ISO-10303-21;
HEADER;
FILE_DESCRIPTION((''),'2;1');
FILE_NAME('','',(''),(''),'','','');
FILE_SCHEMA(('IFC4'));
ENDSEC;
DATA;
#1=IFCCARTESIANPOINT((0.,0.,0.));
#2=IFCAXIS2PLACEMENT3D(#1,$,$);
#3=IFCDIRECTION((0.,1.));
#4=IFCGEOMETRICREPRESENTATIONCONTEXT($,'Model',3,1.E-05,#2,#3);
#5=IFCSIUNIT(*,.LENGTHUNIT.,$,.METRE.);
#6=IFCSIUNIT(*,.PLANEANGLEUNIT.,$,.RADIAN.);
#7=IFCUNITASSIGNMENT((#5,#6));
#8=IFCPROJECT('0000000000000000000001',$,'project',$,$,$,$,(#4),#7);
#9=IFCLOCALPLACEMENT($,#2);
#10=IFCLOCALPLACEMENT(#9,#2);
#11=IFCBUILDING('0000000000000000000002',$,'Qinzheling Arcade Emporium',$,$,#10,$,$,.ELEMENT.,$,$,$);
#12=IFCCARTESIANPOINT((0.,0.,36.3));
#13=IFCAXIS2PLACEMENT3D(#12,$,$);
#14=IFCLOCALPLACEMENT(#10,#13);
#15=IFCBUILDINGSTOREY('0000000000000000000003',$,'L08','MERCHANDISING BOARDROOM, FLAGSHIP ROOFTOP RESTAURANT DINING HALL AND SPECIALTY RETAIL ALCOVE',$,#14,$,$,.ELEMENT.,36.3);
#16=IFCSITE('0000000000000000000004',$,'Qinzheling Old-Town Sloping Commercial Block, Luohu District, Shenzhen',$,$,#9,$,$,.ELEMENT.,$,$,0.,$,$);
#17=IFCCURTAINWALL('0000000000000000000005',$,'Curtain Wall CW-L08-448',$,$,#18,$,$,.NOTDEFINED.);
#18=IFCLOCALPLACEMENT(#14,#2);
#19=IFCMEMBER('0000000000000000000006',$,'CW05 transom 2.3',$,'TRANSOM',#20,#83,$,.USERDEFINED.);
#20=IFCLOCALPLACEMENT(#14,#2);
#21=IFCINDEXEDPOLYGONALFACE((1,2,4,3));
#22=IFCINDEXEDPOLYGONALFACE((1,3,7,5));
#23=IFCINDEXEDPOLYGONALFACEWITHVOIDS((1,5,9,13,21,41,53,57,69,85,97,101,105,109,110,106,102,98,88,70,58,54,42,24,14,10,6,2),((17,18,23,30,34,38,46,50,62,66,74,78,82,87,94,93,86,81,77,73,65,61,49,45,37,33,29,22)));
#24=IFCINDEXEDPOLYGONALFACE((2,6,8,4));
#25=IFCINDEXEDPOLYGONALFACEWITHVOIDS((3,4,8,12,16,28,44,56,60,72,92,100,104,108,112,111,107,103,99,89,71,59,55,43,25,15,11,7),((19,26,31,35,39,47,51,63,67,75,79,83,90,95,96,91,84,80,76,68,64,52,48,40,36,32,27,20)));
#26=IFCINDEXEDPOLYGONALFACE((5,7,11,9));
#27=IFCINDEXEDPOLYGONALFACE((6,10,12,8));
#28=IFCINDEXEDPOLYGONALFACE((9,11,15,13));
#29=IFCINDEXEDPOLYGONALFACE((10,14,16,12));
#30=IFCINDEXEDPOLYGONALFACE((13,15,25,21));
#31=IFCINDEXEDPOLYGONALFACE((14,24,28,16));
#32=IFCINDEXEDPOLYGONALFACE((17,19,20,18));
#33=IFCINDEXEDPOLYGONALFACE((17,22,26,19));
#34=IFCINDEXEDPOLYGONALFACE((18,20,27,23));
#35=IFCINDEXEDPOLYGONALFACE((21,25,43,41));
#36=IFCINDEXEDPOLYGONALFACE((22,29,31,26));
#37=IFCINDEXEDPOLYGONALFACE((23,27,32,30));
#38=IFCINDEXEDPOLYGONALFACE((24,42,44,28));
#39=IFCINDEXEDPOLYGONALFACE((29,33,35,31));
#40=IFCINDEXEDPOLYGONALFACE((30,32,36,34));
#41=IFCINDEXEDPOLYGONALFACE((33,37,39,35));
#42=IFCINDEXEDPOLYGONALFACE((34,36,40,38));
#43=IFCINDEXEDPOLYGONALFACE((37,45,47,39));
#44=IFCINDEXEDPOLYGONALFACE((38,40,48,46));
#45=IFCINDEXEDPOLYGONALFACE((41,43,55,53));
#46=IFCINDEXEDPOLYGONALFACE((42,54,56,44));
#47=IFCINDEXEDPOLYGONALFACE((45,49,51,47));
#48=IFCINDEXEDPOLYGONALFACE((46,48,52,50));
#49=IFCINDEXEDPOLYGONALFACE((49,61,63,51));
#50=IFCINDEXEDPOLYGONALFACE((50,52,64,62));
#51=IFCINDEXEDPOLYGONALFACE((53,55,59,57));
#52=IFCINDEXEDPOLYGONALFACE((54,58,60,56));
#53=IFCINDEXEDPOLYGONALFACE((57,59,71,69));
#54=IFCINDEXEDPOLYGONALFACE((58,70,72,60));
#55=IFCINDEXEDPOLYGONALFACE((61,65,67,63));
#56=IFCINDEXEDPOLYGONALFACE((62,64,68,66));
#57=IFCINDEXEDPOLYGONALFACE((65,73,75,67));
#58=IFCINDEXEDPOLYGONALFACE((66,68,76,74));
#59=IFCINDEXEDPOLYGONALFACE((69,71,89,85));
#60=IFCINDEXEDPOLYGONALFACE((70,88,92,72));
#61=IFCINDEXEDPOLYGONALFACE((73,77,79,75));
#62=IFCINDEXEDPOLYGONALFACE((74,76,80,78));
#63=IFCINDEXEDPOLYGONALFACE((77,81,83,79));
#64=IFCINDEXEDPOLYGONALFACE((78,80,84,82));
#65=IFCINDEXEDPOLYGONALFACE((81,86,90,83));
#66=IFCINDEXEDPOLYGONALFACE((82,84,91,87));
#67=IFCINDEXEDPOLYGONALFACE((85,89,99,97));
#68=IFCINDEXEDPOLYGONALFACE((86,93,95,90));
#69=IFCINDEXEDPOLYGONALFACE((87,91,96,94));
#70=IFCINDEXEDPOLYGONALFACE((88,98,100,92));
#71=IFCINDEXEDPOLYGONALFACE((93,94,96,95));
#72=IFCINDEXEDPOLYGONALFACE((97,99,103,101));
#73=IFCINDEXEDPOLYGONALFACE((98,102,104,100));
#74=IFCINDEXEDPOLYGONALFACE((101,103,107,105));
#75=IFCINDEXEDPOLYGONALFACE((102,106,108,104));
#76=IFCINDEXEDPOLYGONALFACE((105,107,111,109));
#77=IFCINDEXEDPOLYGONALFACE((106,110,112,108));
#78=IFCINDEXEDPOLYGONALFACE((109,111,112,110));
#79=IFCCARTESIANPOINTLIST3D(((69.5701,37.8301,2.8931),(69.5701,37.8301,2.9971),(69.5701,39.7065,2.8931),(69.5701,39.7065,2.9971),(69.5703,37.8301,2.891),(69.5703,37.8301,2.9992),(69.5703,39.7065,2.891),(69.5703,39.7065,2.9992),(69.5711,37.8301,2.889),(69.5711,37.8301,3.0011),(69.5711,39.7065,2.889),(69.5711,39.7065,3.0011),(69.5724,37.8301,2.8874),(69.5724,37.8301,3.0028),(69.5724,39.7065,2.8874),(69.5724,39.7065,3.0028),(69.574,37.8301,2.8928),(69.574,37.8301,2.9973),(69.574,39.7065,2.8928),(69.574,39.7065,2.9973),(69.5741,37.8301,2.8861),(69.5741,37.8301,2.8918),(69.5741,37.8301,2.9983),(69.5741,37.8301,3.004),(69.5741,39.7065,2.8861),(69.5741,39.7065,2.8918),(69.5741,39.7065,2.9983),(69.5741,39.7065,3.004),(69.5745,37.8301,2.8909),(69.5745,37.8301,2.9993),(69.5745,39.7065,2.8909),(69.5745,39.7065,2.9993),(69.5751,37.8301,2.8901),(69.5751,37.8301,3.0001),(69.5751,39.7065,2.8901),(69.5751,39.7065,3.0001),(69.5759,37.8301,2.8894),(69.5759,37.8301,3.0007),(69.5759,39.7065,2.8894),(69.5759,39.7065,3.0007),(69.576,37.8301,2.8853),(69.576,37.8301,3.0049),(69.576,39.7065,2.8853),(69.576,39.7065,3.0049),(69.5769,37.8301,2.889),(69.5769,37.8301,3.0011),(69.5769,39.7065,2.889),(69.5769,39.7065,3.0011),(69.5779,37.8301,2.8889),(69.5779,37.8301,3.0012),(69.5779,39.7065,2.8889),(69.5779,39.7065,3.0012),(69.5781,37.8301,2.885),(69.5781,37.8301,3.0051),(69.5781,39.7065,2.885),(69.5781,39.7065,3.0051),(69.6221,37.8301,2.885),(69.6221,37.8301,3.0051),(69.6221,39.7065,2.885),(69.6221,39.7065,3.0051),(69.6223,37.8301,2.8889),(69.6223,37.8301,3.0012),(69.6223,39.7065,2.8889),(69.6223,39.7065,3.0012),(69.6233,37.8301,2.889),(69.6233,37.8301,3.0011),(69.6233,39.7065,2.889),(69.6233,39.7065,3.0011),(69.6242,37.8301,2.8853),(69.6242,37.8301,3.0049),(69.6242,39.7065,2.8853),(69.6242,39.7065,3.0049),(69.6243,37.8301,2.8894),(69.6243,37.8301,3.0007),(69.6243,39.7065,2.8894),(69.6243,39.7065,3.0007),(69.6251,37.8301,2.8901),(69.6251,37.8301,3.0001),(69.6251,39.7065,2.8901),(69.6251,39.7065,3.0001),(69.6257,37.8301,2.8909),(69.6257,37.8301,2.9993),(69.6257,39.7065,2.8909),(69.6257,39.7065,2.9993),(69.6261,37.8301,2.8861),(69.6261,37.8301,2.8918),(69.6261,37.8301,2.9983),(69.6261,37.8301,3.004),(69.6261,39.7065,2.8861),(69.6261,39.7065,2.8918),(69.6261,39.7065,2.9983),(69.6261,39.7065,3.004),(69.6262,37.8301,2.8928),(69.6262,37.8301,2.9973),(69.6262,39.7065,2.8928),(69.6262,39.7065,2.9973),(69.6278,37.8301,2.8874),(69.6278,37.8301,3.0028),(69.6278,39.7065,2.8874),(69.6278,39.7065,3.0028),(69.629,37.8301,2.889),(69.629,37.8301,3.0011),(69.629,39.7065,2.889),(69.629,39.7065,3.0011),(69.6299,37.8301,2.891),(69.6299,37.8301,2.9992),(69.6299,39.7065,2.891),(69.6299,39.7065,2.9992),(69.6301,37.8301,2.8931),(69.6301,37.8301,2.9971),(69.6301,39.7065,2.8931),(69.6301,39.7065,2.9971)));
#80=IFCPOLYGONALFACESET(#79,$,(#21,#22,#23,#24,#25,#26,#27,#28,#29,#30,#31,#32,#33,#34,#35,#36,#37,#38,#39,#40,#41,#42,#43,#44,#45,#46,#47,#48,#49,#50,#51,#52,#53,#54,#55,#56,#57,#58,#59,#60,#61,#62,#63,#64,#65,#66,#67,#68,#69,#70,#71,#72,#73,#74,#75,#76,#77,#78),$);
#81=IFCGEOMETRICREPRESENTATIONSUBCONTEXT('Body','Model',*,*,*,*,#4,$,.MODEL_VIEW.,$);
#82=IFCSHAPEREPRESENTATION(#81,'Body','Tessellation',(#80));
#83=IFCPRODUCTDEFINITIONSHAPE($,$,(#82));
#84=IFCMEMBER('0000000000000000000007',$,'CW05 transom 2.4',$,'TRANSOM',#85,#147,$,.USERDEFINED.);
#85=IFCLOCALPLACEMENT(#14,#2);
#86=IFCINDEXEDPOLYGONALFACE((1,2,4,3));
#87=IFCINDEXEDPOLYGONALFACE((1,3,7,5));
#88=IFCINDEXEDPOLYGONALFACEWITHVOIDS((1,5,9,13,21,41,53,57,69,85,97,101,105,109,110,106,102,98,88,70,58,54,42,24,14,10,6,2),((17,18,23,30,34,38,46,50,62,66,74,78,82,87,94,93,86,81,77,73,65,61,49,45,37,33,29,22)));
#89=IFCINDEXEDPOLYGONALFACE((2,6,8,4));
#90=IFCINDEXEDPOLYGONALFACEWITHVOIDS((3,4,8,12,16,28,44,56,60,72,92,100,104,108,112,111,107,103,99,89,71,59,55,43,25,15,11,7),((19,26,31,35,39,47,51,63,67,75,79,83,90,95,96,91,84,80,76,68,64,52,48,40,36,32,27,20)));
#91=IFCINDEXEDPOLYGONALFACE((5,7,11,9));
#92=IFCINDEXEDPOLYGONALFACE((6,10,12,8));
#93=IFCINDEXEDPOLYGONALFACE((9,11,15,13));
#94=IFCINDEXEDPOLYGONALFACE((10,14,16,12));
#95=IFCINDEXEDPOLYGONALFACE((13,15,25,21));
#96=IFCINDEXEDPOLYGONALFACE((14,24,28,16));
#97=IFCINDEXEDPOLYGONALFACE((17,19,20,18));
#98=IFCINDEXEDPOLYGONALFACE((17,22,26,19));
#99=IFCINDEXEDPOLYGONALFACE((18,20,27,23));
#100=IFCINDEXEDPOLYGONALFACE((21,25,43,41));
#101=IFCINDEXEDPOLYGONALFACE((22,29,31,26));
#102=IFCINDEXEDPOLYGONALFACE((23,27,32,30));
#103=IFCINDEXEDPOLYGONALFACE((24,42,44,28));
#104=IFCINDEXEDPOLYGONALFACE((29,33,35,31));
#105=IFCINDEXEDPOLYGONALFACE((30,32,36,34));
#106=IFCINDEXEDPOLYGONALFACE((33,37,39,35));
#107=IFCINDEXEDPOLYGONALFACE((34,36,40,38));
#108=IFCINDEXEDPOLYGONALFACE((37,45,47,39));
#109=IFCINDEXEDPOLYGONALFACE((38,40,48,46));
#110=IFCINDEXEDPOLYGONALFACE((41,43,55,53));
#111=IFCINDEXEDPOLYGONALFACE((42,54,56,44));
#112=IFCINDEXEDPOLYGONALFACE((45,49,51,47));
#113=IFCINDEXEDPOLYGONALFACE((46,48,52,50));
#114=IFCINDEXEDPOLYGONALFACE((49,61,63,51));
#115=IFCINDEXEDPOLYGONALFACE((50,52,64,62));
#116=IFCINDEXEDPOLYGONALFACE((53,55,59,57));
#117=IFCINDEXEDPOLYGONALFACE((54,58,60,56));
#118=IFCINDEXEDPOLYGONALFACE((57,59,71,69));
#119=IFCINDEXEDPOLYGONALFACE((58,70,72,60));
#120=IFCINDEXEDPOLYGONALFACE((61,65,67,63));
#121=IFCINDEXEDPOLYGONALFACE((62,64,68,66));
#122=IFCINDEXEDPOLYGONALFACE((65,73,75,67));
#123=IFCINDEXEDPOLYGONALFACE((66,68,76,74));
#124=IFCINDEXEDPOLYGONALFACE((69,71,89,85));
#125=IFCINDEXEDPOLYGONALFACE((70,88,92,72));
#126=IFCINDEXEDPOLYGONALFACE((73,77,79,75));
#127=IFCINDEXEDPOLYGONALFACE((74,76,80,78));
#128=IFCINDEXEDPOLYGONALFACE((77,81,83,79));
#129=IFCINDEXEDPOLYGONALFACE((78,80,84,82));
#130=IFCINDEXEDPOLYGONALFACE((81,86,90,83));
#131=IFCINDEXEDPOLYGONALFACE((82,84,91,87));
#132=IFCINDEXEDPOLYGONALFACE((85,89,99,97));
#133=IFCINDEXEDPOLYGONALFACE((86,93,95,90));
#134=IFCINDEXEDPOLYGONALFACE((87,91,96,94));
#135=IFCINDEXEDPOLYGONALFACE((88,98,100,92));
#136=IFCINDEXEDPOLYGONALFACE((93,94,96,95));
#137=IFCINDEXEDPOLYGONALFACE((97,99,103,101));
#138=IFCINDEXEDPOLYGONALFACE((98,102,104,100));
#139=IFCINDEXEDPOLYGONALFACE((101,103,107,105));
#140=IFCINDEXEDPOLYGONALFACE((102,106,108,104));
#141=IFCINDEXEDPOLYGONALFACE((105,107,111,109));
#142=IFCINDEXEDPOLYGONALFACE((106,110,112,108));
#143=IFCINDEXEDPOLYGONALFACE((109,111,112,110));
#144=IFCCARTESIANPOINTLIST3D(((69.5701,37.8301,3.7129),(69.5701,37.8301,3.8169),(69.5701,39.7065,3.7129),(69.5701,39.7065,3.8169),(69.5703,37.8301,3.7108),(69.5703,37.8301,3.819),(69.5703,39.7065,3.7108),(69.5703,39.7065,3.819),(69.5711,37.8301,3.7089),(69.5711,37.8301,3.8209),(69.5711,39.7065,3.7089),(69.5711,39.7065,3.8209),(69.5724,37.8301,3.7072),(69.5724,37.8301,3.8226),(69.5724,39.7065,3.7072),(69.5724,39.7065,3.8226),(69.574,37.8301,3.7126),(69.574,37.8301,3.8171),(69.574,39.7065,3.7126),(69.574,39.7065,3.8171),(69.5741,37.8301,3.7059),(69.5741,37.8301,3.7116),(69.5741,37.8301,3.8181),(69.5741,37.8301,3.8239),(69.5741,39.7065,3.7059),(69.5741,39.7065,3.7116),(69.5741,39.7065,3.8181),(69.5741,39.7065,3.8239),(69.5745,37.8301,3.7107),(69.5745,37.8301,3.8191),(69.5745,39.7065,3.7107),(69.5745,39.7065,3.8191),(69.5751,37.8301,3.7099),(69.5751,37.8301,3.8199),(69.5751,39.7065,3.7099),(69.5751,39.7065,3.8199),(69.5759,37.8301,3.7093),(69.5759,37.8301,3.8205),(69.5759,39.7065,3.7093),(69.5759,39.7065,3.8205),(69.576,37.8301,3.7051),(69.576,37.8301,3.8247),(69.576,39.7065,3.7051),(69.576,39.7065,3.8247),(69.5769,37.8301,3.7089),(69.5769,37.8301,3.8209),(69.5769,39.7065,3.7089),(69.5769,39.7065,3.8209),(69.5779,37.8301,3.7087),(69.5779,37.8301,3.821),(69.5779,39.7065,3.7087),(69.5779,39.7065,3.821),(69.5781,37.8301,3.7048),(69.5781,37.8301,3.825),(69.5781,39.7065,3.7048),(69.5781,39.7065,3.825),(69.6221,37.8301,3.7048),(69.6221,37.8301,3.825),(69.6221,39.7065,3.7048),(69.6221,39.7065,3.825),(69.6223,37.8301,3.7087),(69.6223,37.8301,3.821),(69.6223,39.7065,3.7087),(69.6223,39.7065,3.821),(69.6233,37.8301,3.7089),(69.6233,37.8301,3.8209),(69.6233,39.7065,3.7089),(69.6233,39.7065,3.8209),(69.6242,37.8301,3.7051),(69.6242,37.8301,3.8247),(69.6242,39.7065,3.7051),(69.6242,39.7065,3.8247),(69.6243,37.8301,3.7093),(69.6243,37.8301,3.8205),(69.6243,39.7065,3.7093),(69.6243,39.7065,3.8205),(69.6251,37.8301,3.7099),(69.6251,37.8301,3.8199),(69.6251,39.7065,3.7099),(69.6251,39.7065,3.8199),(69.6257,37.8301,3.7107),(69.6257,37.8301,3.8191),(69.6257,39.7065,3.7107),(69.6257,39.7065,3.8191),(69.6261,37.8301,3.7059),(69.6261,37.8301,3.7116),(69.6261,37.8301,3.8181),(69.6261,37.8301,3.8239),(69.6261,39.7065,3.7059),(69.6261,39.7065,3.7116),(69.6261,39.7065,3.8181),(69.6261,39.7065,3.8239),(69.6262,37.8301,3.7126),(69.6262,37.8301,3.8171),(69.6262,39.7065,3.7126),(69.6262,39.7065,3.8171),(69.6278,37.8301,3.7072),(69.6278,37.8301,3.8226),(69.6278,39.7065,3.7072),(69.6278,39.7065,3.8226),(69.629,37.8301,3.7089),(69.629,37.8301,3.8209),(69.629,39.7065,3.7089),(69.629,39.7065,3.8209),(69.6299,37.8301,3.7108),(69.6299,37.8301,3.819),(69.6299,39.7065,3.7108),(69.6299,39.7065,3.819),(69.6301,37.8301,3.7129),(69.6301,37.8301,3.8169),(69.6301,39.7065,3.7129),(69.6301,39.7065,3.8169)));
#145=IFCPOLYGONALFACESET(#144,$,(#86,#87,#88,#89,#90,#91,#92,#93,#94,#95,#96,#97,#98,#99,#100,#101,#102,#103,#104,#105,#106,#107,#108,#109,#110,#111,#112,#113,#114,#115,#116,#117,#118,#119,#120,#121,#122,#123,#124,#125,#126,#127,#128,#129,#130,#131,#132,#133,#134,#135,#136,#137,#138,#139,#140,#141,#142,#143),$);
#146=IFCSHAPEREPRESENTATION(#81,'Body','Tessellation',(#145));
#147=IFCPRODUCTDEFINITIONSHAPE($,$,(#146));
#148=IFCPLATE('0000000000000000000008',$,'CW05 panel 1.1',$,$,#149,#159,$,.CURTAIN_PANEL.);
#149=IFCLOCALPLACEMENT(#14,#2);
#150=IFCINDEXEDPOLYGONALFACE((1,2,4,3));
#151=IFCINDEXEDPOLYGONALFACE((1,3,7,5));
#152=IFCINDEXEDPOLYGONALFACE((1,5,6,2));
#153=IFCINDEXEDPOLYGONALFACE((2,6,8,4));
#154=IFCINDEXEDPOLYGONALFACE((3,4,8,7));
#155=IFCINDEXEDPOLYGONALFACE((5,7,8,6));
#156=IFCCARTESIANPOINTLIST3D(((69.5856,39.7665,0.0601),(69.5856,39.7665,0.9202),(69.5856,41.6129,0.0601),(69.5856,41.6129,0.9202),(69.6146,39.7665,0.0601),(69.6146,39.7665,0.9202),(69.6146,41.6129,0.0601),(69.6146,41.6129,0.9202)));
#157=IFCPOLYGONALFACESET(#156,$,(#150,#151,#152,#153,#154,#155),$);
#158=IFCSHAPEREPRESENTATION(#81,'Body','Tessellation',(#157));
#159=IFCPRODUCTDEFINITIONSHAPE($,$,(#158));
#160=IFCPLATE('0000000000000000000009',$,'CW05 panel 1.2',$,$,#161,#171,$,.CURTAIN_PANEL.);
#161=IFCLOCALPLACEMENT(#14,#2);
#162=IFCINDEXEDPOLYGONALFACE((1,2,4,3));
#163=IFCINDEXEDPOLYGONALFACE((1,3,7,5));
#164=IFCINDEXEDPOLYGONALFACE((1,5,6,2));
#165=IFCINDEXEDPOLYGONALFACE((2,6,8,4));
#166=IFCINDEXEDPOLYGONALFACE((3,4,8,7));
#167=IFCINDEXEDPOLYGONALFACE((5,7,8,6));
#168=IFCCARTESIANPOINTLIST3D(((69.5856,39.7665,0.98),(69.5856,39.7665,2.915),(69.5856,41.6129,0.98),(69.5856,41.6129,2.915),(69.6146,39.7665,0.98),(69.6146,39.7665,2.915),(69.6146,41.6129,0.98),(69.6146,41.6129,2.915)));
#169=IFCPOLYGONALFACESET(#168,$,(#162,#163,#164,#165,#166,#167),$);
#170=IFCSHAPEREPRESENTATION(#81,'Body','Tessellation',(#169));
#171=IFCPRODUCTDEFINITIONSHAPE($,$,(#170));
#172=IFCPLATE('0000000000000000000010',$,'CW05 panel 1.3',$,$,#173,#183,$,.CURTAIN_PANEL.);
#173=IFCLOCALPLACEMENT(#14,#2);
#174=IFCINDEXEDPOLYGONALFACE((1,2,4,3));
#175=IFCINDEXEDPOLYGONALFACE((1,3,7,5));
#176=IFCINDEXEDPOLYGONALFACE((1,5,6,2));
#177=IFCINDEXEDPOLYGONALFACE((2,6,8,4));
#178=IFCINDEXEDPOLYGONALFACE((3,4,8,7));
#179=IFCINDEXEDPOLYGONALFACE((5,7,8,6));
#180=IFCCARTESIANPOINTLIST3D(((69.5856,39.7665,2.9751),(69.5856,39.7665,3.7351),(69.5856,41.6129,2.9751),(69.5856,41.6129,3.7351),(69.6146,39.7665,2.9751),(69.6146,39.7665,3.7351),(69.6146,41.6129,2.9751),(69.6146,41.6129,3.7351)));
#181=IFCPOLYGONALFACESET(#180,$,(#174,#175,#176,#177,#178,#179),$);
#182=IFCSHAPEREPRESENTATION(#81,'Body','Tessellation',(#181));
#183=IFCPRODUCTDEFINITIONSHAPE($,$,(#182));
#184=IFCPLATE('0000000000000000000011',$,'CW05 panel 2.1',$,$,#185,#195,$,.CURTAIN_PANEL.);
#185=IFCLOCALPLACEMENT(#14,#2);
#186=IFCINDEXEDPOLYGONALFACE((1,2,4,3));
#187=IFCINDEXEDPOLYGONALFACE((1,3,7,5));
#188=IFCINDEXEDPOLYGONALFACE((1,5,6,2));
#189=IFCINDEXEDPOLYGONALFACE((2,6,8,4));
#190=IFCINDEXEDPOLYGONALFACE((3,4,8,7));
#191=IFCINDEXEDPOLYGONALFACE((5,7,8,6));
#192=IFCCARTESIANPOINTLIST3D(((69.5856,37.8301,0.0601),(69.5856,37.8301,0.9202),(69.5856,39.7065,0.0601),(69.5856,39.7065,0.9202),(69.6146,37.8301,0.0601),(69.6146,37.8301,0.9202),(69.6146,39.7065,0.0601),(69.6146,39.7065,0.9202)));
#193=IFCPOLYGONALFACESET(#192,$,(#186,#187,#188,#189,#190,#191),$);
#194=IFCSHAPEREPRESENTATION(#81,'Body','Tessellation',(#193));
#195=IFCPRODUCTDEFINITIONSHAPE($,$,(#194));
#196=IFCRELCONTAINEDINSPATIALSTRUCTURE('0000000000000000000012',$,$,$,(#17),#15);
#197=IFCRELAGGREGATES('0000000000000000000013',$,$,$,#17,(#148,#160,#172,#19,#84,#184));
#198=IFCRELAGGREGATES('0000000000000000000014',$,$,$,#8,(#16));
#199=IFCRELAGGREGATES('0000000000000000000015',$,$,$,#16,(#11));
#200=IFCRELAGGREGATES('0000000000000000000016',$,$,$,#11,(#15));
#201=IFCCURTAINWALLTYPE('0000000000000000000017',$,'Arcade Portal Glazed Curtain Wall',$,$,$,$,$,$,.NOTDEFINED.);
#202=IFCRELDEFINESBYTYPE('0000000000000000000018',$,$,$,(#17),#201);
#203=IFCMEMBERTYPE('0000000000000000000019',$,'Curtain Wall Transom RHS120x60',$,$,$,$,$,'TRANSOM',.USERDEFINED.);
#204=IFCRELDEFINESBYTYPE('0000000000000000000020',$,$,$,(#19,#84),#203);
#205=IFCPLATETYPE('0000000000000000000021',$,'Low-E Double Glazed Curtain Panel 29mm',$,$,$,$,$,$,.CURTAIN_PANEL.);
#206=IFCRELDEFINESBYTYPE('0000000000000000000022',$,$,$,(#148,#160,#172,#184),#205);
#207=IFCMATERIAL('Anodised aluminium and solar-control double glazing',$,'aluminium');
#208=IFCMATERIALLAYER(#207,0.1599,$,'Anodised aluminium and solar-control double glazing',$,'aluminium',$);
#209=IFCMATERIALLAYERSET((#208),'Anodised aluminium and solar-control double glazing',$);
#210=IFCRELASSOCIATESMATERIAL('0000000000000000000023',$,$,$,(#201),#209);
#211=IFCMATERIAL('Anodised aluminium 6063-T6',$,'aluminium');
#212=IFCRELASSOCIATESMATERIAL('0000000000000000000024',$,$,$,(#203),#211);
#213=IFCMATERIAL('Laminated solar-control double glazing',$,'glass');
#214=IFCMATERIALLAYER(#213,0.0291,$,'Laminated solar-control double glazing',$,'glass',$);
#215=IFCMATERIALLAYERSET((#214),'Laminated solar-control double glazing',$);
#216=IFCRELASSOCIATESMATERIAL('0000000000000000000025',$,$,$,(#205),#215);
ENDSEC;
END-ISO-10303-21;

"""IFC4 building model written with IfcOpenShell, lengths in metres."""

from ifc_helpers import new_model, si_unit, direction, frame, origin, origin_2d, place, context, subcontext, project, spatial, rectangle, hollow_rectangle, extrude, material, layer, layer_set, material_profile, profile_set, type_object, element, aggregate, save


model = new_model("IFC4")

# Units and contexts
model_context = context("Model", 3, precision=1e-05, world=origin(), true_north=direction((0.0, 1.0)))
body_context = subcontext(model_context, "Body", "Model", "MODEL_VIEW")
ifc_project = project(units=[si_unit("LENGTHUNIT", "METRE"), si_unit("PLANEANGLEUNIT", "RADIAN")], contexts=[model_context])

# Site, building, storey
site_placement = place(None, origin())
site = spatial("IfcSite", under=ifc_project, at=site_placement, Name="Qinzheling Old-Town Sloping Commercial Block, Luohu District, Shenzhen", CompositionType="ELEMENT", RefElevation=0.0)
building_placement = place(site_placement, origin())
building = spatial("IfcBuilding", under=site, at=building_placement, Name="Qinzheling Arcade Emporium", CompositionType="ELEMENT")
storey_placement = place(building_placement, frame((0.0, 0.0, 36.3)))
storey = spatial("IfcBuildingStorey", under=building, at=storey_placement, Name="L08", Description="MERCHANDISING BOARDROOM, FLAGSHIP ROOFTOP RESTAURANT DINING HALL AND SPECIALTY RETAIL ALCOVE", CompositionType="ELEMENT", Elevation=36.3)

# Curtain wall
ifc_material_1 = material(Name="Anodised aluminium and solar-control double glazing", Category="aluminium")
ifc_layer_1 = layer(ifc_material_1, 0.1599, Name="Anodised aluminium and solar-control double glazing", Category="aluminium")
ifc_layer_set_1 = layer_set([ifc_layer_1], Name="Anodised aluminium and solar-control double glazing")
curtain_wall_type_1 = type_object("IfcCurtainWallType", Name="Arcade Portal Glazed Curtain Wall", PredefinedType="NOTDEFINED", material=ifc_layer_set_1)
curtain_wall_1_placement = place(storey_placement, origin())
curtain_wall_1 = element("IfcCurtainWall", 1, at=curtain_wall_1_placement, inside=storey, type_object=curtain_wall_type_1, Name="Curtain Wall CW-L08-448", PredefinedType="NOTDEFINED")
ifc_material_2 = material(Name="Anodised aluminium 6063-T6", Category="aluminium")

# Members
ifc_material_profile_1 = material_profile(ifc_material_2, hollow_rectangle(XDim=0.0601, YDim=0.1201, WallThickness=0.0039, InnerFilletRadius=0.0039, OuterFilletRadius=0.0081, at=origin_2d()), Name="RHS 120x60x4", Category="aluminium")
ifc_profile_set_1 = profile_set([ifc_material_profile_1], Name="Anodised aluminium 6063-T6")
member_type_1 = type_object("IfcMemberType", Name="Curtain Wall Transom RHS120x60", ElementType="TRANSOM", PredefinedType="USERDEFINED", material=ifc_profile_set_1)
member_1_placement = place(storey_placement, frame((69.6001, 39.7065, 2.9451), z_axis=(0.0, -1.0, 0.0), x_axis=(1.0, 0.0, 0.0)))
member_1 = element("IfcMember", 2, at=member_1_placement, type_object=member_type_1, Name="CW05 transom 2.3", ObjectType="TRANSOM", PredefinedType="USERDEFINED", context=body_context, shape_type="SweptSolid", body=[
    extrude(hollow_rectangle(XDim=0.0601, YDim=0.1201, WallThickness=0.0039, InnerFilletRadius=0.0039, OuterFilletRadius=0.0081, at=origin_2d()), origin(), (0.0, 0.0, 1.0), 1.8765),
])
member_2_placement = place(storey_placement, frame((69.6001, 39.7065, 3.7649), z_axis=(0.0, -1.0, 0.0), x_axis=(1.0, 0.0, 0.0)))
member_2 = element("IfcMember", 3, at=member_2_placement, type_object=member_type_1, Name="CW05 transom 2.4", ObjectType="TRANSOM", PredefinedType="USERDEFINED", context=body_context, shape_type="SweptSolid", body=[
    extrude(hollow_rectangle(XDim=0.0601, YDim=0.1201, WallThickness=0.0039, InnerFilletRadius=0.0039, OuterFilletRadius=0.0081, at=origin_2d()), origin(), (0.0, 0.0, 1.0), 1.8765),
])

# Plates
ifc_material_3 = material(Name="Laminated solar-control double glazing", Category="glass")
ifc_layer_2 = layer(ifc_material_3, 0.0291, Name="Laminated solar-control double glazing", Category="glass")
ifc_layer_set_2 = layer_set([ifc_layer_2], Name="Laminated solar-control double glazing")
plate_type_1 = type_object("IfcPlateType", Name="Low-E Double Glazed Curtain Panel 29mm", PredefinedType="CURTAIN_PANEL", material=ifc_layer_set_2)
plate_1_placement = place(storey_placement, frame((69.6001, 40.6897, 0.0601), z_axis=(0.0, 0.0, 1.0), x_axis=(0.0, -1.0, 0.0)))
plate_1 = element("IfcPlate", 4, at=plate_1_placement, type_object=plate_type_1, Name="CW05 panel 1.1", PredefinedType="CURTAIN_PANEL", context=body_context, shape_type="SweptSolid", body=[
    extrude(rectangle(XDim=1.8464, YDim=0.0291, at=origin_2d()), origin(), (0.0, 0.0, 1.0), 0.8601),
])
plate_2_placement = place(storey_placement, frame((69.6001, 40.6897, 0.98), z_axis=(0.0, 0.0, 1.0), x_axis=(0.0, -1.0, 0.0)))
plate_2 = element("IfcPlate", 5, at=plate_2_placement, type_object=plate_type_1, Name="CW05 panel 1.2", PredefinedType="CURTAIN_PANEL", context=body_context, shape_type="SweptSolid", body=[
    extrude(rectangle(XDim=1.8464, YDim=0.0291, at=origin_2d()), origin(), (0.0, 0.0, 1.0), 1.9351),
])
plate_3_placement = place(storey_placement, frame((69.6001, 40.6897, 2.9751), z_axis=(0.0, 0.0, 1.0), x_axis=(0.0, -1.0, 0.0)))
plate_3 = element("IfcPlate", 6, at=plate_3_placement, type_object=plate_type_1, Name="CW05 panel 1.3", PredefinedType="CURTAIN_PANEL", context=body_context, shape_type="SweptSolid", body=[
    extrude(rectangle(XDim=1.8464, YDim=0.0291, at=origin_2d()), origin(), (0.0, 0.0, 1.0), 0.76),
])
plate_4_placement = place(storey_placement, frame((69.6001, 38.7683, 0.0601), z_axis=(0.0, 0.0, 1.0), x_axis=(0.0, -1.0, 0.0)))
plate_4 = element("IfcPlate", 7, at=plate_4_placement, type_object=plate_type_1, Name="CW05 panel 2.1", PredefinedType="CURTAIN_PANEL", context=body_context, shape_type="SweptSolid", body=[
    extrude(rectangle(XDim=1.8765, YDim=0.0291, at=origin_2d()), origin(), (0.0, 0.0, 1.0), 0.8601),
])
aggregate(curtain_wall_1, [plate_1, plate_2, plate_3, member_1, member_2, plate_4])

save(model, "model.ifc")
